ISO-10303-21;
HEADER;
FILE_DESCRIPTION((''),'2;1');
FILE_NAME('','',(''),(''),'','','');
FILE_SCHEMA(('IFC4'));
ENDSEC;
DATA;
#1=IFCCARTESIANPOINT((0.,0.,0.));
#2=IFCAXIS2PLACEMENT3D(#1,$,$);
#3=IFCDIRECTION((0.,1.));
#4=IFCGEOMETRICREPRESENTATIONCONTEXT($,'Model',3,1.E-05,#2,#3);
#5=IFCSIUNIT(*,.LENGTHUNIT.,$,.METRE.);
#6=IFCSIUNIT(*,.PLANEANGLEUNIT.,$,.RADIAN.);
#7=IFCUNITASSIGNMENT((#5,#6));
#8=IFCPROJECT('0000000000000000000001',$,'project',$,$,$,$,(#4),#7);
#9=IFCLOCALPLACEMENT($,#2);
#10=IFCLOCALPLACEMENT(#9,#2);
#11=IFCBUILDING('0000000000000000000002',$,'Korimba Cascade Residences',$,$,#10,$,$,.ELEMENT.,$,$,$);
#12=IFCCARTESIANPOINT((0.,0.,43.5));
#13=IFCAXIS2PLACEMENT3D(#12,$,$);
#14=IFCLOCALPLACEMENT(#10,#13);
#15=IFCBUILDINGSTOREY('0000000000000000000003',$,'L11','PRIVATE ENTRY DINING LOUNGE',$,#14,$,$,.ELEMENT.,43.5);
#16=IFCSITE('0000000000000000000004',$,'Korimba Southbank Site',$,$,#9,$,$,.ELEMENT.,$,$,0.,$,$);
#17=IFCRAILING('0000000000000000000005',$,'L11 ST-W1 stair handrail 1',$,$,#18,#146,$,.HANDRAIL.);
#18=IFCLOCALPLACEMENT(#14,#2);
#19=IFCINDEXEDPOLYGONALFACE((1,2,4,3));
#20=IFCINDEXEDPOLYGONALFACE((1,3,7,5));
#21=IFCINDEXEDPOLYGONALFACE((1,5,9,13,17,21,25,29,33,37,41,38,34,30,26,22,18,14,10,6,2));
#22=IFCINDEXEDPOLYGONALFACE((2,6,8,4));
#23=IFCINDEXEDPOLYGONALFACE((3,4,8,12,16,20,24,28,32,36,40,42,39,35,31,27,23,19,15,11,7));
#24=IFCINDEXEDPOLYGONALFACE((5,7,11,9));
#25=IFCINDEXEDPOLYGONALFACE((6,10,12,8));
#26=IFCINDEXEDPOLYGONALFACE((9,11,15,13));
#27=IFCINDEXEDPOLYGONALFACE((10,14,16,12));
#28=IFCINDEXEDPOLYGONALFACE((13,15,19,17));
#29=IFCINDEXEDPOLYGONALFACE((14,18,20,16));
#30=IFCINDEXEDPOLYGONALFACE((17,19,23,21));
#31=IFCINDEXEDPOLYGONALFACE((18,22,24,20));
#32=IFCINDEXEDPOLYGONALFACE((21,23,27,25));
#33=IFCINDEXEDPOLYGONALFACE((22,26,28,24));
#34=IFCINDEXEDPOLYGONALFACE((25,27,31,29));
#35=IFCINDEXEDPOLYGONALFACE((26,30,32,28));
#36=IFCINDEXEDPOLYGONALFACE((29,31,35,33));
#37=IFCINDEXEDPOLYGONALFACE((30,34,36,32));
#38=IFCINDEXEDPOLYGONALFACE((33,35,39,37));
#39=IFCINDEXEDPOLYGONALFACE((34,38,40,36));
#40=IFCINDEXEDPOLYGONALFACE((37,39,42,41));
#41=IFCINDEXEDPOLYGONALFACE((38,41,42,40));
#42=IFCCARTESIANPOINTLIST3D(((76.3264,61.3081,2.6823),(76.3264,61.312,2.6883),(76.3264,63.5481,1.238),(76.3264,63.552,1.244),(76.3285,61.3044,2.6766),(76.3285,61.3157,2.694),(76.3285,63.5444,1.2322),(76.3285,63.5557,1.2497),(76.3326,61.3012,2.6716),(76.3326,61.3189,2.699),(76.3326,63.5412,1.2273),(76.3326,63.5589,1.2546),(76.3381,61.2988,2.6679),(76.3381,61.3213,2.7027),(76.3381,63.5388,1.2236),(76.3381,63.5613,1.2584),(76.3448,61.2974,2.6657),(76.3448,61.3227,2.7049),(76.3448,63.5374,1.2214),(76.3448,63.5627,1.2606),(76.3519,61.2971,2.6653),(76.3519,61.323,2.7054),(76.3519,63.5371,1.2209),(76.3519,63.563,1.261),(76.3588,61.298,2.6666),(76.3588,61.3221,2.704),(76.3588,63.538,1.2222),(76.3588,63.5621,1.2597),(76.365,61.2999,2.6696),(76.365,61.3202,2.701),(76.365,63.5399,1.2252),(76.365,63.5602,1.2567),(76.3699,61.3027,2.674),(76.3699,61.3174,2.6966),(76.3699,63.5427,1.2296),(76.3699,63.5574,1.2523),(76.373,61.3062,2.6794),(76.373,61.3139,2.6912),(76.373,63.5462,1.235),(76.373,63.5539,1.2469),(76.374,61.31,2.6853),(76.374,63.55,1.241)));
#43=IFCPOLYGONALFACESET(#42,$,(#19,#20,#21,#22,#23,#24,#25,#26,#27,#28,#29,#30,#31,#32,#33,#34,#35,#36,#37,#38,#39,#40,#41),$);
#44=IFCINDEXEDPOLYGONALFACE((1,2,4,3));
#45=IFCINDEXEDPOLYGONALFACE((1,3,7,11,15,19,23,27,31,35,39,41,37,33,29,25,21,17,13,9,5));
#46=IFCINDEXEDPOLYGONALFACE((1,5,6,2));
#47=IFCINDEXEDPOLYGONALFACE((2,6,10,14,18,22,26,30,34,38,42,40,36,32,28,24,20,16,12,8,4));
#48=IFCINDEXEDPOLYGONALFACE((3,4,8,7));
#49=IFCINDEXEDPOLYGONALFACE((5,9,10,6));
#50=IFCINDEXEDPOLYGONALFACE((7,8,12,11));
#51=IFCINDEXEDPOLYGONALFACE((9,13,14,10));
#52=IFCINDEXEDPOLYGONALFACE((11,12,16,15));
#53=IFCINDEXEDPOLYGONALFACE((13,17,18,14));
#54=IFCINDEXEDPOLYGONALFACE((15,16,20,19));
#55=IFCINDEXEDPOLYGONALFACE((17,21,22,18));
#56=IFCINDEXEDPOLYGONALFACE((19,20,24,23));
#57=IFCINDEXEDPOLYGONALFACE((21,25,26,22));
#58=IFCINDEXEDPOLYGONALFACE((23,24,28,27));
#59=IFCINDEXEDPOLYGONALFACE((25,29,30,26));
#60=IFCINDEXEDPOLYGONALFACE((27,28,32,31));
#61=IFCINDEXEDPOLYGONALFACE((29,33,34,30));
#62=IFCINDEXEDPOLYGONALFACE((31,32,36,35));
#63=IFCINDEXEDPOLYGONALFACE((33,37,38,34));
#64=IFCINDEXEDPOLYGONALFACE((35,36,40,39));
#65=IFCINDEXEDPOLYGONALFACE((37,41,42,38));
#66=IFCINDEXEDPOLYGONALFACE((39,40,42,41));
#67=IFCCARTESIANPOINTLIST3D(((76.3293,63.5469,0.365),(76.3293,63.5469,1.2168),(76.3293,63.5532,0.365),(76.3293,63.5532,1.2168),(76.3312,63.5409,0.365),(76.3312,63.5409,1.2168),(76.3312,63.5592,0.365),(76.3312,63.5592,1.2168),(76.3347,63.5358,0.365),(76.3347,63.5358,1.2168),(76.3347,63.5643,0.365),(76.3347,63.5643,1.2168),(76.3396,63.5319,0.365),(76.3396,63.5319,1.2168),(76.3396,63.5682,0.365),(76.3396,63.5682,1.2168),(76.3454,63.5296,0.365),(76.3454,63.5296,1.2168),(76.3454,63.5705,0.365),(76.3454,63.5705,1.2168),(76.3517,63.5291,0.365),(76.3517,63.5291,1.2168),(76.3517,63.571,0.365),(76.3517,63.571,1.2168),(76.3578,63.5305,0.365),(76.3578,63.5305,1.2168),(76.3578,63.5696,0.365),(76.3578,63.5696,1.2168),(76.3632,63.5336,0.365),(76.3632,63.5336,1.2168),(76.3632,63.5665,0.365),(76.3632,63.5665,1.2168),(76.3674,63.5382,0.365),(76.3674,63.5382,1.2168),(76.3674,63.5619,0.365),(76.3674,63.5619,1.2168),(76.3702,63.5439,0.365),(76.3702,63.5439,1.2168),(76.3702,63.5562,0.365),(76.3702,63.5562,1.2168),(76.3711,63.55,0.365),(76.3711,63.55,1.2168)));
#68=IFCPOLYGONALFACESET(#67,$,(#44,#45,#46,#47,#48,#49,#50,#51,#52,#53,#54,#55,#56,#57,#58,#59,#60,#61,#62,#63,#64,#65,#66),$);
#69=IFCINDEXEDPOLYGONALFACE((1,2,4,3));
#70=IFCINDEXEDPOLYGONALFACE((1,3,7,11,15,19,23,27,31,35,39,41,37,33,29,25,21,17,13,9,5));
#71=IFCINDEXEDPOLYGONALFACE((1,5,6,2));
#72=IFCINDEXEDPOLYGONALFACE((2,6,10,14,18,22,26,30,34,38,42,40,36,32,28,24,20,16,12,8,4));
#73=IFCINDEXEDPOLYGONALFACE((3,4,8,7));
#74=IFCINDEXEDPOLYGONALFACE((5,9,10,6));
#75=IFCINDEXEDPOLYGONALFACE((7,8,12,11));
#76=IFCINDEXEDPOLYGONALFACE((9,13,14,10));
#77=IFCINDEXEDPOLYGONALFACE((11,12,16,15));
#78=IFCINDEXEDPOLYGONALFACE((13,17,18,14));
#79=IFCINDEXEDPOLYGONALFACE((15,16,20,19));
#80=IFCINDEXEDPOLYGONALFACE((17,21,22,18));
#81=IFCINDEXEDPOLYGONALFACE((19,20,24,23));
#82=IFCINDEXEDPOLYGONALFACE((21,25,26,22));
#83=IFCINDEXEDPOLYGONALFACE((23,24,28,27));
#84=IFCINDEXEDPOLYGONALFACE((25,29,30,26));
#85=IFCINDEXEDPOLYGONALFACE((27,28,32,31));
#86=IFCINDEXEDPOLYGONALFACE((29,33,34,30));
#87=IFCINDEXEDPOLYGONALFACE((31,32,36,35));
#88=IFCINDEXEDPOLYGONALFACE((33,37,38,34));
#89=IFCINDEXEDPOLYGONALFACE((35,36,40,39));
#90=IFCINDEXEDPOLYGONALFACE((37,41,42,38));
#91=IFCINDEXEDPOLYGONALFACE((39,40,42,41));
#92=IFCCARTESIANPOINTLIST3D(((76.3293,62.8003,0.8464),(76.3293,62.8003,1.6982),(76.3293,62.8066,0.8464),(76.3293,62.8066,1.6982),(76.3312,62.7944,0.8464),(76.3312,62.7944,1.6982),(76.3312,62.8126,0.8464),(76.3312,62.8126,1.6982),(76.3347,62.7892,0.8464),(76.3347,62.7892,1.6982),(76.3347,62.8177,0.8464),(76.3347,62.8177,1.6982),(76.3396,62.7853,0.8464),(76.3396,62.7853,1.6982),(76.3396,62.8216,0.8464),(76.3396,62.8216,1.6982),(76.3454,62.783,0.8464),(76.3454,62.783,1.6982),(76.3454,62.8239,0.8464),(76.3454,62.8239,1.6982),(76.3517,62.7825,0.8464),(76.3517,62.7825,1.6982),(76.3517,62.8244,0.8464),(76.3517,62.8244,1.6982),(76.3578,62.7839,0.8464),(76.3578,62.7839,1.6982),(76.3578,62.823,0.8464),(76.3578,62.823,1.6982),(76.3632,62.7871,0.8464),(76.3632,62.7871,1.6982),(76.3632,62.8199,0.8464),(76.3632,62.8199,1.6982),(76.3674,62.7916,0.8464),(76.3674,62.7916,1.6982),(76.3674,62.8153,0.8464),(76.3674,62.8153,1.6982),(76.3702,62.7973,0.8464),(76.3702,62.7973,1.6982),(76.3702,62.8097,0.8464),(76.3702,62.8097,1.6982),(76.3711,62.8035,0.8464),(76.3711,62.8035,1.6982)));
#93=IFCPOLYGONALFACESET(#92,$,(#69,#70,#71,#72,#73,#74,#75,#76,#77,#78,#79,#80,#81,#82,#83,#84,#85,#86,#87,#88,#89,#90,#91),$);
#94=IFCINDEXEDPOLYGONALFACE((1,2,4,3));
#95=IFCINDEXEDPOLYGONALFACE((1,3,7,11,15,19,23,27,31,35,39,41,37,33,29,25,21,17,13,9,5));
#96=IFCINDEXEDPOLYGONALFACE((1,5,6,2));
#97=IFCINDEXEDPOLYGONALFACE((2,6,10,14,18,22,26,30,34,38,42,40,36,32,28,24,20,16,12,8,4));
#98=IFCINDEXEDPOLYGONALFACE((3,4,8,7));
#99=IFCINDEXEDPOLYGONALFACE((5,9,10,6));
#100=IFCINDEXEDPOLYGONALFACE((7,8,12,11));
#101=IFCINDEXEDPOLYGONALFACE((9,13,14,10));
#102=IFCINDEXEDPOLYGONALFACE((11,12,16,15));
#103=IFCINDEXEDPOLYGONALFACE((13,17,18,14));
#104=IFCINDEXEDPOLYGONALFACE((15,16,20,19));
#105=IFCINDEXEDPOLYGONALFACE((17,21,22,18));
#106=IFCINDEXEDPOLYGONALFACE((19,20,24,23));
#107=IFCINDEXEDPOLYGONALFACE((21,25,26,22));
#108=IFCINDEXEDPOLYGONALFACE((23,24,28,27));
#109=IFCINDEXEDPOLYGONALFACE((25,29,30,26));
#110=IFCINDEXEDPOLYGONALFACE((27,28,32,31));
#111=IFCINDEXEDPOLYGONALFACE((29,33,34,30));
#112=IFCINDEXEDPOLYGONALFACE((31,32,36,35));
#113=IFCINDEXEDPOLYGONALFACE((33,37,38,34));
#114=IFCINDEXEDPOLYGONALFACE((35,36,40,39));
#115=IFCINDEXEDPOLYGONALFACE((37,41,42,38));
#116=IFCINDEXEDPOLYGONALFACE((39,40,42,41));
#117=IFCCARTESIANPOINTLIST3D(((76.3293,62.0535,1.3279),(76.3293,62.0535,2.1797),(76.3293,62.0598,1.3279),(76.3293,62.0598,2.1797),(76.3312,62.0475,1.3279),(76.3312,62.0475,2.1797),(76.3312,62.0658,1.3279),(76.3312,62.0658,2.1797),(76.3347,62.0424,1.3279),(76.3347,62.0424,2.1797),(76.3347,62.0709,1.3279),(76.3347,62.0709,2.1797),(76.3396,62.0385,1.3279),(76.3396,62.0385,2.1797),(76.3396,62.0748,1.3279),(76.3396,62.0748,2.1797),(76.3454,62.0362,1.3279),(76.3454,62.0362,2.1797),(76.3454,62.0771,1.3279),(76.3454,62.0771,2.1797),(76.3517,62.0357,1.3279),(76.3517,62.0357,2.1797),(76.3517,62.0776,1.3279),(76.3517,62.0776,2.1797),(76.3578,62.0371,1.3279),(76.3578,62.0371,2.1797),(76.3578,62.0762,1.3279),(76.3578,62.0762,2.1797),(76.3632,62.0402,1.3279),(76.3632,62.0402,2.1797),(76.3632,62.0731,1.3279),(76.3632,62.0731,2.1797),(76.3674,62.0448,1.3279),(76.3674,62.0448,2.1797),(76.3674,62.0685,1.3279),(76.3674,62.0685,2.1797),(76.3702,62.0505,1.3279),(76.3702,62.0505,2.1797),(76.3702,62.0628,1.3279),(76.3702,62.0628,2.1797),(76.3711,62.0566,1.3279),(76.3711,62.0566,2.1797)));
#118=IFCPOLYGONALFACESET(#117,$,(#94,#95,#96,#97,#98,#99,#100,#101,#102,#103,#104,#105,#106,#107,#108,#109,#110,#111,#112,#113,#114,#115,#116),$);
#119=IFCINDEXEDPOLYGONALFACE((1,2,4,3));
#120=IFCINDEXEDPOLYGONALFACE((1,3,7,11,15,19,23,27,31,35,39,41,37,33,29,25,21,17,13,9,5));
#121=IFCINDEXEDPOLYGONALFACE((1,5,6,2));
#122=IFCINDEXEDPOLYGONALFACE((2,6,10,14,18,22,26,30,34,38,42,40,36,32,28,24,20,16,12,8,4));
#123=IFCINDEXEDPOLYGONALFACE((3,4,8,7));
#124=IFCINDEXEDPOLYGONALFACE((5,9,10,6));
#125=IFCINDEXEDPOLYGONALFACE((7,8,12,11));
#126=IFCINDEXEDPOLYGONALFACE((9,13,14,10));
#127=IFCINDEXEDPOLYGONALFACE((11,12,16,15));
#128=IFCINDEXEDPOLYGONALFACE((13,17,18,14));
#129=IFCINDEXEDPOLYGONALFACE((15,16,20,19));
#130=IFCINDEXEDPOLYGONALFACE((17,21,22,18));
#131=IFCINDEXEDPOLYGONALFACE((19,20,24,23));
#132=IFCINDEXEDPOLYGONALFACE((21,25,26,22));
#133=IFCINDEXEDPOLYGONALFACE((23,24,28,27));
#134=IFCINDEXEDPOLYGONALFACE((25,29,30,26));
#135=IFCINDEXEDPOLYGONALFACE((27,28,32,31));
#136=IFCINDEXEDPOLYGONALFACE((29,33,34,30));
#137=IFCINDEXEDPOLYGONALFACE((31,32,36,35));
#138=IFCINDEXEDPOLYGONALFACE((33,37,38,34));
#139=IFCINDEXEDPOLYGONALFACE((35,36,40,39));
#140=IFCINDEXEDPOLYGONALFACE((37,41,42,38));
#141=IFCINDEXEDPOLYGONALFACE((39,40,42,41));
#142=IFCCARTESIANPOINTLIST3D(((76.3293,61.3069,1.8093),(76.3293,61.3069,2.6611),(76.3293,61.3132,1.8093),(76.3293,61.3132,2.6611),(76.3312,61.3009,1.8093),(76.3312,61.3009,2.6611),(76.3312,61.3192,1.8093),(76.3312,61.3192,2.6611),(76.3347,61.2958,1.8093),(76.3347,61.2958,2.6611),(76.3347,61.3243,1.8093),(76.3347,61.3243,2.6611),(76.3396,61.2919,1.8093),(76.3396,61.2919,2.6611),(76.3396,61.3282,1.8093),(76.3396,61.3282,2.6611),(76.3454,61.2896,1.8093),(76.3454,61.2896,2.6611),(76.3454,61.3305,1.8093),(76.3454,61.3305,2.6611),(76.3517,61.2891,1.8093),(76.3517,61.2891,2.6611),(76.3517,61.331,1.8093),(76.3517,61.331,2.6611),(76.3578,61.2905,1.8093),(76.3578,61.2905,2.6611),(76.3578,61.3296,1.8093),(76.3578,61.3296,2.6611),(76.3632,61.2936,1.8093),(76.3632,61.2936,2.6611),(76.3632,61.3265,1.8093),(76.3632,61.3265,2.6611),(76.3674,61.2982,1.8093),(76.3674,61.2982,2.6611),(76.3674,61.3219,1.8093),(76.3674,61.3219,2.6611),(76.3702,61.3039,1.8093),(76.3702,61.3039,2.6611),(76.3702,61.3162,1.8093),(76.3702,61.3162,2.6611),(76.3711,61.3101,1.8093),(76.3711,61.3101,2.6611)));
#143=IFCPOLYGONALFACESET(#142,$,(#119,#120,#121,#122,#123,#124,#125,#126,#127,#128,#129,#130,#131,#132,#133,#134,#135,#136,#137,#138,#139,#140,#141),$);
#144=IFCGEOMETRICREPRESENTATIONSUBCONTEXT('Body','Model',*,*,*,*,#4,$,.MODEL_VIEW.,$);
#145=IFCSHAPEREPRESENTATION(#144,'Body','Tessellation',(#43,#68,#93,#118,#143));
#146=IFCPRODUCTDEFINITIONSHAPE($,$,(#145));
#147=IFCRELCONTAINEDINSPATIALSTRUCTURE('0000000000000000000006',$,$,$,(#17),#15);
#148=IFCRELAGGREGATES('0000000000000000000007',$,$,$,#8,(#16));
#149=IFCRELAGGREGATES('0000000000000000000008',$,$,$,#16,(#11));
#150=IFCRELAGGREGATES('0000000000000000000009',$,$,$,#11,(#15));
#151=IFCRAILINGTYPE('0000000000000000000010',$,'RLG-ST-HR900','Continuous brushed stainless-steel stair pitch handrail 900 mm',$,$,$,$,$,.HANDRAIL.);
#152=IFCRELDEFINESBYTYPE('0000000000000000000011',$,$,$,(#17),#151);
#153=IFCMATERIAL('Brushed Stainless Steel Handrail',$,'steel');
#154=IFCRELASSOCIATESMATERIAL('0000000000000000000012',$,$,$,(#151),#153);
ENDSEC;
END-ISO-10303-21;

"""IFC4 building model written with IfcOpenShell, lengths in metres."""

from ifc_helpers import new_model, si_unit, direction, frame, origin, origin_2d, place, context, subcontext, project, spatial, circle, extrude, material, type_object, element, save


model = new_model("IFC4")

# Units and contexts
model_context = context("Model", 3, precision=1e-05, world=origin(), true_north=direction((0.0, 1.0)))
body_context = subcontext(model_context, "Body", "Model", "MODEL_VIEW")
ifc_project = project(units=[si_unit("LENGTHUNIT", "METRE"), si_unit("PLANEANGLEUNIT", "RADIAN")], contexts=[model_context])

# Site, building, storey
site_placement = place(None, origin())
site = spatial("IfcSite", under=ifc_project, at=site_placement, Name="Korimba Southbank Site", CompositionType="ELEMENT", RefElevation=0.0)
building_placement = place(site_placement, origin())
building = spatial("IfcBuilding", under=site, at=building_placement, Name="Korimba Cascade Residences", CompositionType="ELEMENT")
storey_placement = place(building_placement, frame((0.0, 0.0, 43.5)))
storey = spatial("IfcBuildingStorey", under=building, at=storey_placement, Name="L11", Description="PRIVATE ENTRY DINING LOUNGE", CompositionType="ELEMENT", Elevation=43.5)

# Railing
ifc_material_1 = material(Name="Brushed Stainless Steel Handrail", Category="steel")
railing_type_1 = type_object("IfcRailingType", Name="RLG-ST-HR900", Description="Continuous brushed stainless-steel stair pitch handrail 900 mm", PredefinedType="HANDRAIL", material=ifc_material_1)
railing_1_placement = place(storey_placement, frame((76.3501, 63.55, 0.365)))
element("IfcRailing", 1, at=railing_1_placement, inside=storey, type_object=railing_type_1, Name="L11 ST-W1 stair handrail 1", PredefinedType="HANDRAIL", context=body_context, shape_type="SweptSolid", body=[
    extrude(circle(Radius=0.0239, at=origin_2d()), frame((0.0, 0.0, 0.876), z_axis=(0.0, -0.840437, 0.54191), x_axis=(1.0, 0.0, 0.0)), (0.0, 0.0, 1.0), 2.6653),
    extrude(circle(Radius=0.021, at=origin_2d()), origin(), (0.0, 0.0, 1.0), 0.8518),
    extrude(circle(Radius=0.021, at=origin_2d()), frame((0.0, -0.7466, 0.4814)), (0.0, 0.0, 1.0), 0.8518),
    extrude(circle(Radius=0.021, at=origin_2d()), frame((0.0, -1.4934, 0.9629)), (0.0, 0.0, 1.0), 0.8518),
    extrude(circle(Radius=0.021, at=origin_2d()), frame((0.0, -2.24, 1.4443)), (0.0, 0.0, 1.0), 0.8518),
])

save(model, "model.ifc")
